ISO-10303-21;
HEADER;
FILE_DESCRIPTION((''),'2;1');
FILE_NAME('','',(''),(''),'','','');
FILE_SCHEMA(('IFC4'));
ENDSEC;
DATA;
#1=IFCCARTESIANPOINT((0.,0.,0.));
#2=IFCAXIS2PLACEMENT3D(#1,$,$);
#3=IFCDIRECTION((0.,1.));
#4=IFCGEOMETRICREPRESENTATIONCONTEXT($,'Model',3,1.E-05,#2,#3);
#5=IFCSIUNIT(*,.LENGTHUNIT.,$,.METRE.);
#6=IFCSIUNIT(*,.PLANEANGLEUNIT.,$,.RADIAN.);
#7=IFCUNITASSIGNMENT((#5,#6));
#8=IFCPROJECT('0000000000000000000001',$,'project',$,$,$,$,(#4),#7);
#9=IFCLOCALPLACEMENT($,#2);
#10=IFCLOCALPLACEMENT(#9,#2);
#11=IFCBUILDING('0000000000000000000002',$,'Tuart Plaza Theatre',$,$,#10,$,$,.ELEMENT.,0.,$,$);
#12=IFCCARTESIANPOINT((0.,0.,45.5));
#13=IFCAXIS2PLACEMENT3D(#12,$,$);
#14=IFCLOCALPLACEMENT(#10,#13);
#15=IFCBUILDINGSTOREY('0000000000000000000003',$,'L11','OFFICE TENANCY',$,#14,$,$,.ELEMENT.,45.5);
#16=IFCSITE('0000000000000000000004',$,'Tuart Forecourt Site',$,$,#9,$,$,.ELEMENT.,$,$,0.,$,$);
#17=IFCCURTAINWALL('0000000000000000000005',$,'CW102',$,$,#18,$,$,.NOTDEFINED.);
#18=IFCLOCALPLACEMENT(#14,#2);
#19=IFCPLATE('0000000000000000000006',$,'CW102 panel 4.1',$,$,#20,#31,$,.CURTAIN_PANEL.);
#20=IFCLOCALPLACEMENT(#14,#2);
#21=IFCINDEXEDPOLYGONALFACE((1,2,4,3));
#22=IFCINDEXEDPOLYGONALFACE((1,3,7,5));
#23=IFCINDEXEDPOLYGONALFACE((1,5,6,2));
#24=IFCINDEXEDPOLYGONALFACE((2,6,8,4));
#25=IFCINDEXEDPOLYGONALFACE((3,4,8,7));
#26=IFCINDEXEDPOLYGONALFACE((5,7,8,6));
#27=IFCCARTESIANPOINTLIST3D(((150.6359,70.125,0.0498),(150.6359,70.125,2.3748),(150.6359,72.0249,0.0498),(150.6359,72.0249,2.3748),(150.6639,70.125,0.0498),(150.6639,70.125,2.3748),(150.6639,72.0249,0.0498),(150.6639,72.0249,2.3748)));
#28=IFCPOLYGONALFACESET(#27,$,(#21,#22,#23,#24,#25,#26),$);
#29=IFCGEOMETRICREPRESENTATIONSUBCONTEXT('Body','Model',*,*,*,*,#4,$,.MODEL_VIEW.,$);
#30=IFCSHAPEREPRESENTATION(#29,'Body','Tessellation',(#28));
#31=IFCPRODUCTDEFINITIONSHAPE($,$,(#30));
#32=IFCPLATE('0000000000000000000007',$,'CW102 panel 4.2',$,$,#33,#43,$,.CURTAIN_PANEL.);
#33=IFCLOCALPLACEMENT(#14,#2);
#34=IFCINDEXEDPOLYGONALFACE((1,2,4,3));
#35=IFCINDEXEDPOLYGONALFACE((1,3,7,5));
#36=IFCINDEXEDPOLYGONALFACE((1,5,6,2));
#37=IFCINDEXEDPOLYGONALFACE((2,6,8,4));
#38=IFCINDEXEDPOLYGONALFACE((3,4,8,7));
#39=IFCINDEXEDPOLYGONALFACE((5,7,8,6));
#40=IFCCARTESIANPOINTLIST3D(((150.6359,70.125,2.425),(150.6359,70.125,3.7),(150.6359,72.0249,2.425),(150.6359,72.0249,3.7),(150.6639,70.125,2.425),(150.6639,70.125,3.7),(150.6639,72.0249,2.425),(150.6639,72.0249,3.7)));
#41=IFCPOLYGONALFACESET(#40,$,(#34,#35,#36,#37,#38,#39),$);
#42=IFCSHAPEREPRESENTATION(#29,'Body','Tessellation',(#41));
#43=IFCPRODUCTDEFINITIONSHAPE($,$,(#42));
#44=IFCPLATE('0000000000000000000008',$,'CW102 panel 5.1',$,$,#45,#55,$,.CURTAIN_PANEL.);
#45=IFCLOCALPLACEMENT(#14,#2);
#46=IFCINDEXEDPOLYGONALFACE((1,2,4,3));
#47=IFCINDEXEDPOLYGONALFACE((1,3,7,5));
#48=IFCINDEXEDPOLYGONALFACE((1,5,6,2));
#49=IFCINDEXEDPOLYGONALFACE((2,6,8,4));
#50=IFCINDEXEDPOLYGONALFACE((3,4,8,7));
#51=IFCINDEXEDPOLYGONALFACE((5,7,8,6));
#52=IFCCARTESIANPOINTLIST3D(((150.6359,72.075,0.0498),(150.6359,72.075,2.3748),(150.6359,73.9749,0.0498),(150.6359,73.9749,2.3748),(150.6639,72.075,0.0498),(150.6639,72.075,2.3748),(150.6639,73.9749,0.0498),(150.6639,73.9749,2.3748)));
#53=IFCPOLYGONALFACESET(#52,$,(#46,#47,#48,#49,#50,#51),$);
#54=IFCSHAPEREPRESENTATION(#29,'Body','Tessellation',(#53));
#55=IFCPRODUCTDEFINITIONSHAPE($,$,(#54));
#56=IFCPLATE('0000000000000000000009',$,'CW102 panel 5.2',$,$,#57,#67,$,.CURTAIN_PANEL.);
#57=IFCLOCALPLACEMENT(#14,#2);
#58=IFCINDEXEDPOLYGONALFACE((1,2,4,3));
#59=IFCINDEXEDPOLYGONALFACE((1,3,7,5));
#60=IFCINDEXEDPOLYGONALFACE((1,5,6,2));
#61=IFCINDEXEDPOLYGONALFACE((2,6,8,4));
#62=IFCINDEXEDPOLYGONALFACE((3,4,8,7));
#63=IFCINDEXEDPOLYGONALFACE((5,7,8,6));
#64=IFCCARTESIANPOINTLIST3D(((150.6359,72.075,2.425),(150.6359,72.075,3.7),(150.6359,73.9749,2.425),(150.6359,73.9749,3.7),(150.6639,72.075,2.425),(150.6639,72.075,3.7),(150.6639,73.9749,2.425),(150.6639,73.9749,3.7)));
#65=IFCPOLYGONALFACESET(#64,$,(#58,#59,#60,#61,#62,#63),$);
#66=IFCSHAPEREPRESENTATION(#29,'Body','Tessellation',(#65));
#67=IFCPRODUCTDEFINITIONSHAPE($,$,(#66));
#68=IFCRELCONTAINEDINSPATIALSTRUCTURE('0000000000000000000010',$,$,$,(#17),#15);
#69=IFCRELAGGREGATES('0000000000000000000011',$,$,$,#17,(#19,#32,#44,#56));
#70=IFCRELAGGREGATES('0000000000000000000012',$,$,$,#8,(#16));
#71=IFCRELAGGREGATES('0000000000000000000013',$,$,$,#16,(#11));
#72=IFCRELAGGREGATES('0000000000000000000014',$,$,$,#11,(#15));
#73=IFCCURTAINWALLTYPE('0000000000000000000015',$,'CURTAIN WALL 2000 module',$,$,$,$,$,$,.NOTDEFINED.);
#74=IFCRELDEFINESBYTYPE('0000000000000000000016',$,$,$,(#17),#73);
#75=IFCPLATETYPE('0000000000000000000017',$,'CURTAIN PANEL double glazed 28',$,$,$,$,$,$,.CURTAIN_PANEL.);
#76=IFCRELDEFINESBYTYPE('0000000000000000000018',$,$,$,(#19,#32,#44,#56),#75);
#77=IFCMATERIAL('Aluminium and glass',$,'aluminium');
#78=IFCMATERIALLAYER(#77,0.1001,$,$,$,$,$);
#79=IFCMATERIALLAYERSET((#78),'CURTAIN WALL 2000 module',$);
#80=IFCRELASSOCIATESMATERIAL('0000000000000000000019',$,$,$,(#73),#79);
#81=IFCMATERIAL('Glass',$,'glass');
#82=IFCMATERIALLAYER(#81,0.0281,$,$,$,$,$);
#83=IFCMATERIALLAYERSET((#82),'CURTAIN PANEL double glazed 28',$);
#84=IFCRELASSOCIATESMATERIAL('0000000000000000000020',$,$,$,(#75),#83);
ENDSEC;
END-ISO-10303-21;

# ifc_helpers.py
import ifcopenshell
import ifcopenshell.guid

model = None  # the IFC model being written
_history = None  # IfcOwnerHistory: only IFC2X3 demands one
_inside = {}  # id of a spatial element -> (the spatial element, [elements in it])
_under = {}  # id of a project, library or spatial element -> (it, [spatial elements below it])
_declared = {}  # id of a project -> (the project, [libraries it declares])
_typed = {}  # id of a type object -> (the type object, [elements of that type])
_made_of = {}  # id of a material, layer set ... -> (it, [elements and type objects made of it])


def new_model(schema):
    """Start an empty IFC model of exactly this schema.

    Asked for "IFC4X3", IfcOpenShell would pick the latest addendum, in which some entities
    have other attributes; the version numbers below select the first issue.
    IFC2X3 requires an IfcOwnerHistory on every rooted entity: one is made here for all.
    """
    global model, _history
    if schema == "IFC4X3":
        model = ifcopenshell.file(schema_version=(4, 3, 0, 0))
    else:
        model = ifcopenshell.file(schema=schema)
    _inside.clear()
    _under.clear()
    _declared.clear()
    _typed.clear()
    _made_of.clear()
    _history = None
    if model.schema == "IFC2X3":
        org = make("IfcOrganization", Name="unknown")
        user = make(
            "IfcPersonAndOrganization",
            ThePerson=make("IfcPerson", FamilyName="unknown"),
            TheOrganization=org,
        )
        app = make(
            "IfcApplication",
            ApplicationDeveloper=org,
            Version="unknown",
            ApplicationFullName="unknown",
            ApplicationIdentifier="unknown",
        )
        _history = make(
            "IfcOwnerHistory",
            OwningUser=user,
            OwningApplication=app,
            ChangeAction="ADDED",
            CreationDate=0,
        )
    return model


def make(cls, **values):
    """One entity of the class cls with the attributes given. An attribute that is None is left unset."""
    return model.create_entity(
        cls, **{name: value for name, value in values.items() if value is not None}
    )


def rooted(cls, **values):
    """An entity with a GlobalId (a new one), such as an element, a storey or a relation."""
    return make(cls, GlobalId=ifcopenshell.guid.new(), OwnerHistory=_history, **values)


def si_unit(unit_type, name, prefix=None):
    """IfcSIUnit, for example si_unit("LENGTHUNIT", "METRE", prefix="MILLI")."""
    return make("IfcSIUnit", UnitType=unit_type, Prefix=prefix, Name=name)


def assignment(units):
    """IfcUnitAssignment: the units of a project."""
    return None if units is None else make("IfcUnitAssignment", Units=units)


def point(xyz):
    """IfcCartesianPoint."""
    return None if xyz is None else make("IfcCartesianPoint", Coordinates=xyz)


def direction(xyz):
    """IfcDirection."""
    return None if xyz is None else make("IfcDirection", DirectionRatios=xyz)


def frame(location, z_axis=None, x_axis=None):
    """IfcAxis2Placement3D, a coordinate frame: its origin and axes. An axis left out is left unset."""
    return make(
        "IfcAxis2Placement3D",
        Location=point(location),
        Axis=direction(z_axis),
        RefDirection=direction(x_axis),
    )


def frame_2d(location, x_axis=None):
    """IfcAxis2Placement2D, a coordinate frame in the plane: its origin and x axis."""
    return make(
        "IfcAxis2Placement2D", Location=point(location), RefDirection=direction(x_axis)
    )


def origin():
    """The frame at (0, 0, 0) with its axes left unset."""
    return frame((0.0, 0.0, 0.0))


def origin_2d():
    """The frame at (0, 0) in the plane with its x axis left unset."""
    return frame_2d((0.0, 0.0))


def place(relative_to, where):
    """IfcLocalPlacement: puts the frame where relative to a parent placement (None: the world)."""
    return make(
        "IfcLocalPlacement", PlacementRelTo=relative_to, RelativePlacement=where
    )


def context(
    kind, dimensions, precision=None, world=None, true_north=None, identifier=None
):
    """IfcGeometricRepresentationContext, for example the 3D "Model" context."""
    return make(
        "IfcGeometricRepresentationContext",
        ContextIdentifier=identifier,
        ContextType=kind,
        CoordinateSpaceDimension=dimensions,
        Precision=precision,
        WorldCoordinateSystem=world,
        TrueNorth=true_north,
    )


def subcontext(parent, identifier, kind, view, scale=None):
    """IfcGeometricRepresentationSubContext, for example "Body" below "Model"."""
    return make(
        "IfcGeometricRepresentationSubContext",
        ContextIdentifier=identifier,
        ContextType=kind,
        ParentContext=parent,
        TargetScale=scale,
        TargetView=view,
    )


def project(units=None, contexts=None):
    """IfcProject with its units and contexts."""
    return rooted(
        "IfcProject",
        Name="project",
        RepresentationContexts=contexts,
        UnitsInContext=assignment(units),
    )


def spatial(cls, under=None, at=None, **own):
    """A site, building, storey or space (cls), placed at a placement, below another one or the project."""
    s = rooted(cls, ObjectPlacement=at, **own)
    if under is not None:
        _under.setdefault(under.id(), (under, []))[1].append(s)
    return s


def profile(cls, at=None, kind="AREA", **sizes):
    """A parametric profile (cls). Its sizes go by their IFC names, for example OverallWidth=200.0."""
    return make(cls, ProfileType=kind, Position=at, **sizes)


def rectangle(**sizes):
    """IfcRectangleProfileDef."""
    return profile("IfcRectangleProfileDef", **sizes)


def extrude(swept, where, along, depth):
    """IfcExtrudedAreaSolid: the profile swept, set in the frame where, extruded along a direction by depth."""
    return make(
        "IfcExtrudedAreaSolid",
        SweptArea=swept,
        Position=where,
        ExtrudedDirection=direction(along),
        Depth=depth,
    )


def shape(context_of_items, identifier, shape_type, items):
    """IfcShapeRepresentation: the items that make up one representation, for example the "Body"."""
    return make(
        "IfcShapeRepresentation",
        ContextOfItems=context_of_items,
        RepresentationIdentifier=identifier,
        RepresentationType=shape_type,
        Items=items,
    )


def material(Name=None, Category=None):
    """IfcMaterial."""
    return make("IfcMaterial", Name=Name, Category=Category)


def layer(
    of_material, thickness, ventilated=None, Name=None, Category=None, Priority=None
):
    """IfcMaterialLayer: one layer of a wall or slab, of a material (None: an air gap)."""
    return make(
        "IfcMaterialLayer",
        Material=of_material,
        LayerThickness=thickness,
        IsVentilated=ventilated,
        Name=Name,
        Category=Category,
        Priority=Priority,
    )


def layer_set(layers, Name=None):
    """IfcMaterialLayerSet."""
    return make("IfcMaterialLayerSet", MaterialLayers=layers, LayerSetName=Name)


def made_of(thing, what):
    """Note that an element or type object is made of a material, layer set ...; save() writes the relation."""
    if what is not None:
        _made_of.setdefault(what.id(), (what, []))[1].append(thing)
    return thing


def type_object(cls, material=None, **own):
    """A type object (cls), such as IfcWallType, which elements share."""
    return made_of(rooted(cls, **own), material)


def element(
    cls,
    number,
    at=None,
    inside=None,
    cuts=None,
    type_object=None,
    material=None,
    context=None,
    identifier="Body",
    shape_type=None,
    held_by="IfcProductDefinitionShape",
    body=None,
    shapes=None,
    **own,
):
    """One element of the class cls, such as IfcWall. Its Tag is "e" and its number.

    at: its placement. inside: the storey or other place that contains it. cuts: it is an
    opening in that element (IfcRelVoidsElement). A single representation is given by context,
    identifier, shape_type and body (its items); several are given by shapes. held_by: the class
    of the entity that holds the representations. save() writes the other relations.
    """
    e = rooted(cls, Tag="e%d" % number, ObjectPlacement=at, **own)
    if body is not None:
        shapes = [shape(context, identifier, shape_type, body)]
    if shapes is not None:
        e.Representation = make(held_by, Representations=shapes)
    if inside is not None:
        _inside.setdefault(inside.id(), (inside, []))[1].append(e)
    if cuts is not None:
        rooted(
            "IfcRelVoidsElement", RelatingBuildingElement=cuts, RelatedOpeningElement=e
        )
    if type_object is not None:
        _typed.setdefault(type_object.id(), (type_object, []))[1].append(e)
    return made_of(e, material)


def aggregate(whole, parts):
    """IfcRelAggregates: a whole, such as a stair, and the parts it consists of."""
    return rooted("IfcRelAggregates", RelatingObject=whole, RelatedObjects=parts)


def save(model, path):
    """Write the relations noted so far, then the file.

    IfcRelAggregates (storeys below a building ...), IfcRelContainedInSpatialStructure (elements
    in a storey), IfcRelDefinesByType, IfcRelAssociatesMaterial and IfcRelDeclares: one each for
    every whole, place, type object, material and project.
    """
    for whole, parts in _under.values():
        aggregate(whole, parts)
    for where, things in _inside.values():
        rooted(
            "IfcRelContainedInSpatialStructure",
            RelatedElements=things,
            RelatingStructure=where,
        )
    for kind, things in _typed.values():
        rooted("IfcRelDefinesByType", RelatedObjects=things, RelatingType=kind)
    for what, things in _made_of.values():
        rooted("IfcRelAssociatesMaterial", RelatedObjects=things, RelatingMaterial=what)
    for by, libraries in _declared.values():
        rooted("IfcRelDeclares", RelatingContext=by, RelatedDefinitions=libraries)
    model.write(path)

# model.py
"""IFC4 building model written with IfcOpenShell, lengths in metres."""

from ifc_helpers import new_model, si_unit, direction, frame, origin, origin_2d, place, context, subcontext, project, spatial, rectangle, extrude, material, layer, layer_set, type_object, element, aggregate, save


model = new_model("IFC4")

# Units and contexts
model_context = context("Model", 3, precision=1e-05, world=origin(), true_north=direction((0.0, 1.0)))
body_context = subcontext(model_context, "Body", "Model", "MODEL_VIEW")
ifc_project = project(units=[si_unit("LENGTHUNIT", "METRE"), si_unit("PLANEANGLEUNIT", "RADIAN")], contexts=[model_context])

# Site, building, storey
site_placement = place(None, origin())
site = spatial("IfcSite", under=ifc_project, at=site_placement, Name="Tuart Forecourt Site", CompositionType="ELEMENT", RefElevation=0.0)
building_placement = place(site_placement, origin())
building = spatial("IfcBuilding", under=site, at=building_placement, Name="Tuart Plaza Theatre", CompositionType="ELEMENT", ElevationOfRefHeight=0.0)
storey_placement = place(building_placement, frame((0.0, 0.0, 45.5)))
storey = spatial("IfcBuildingStorey", under=building, at=storey_placement, Name="L11", Description="OFFICE TENANCY", CompositionType="ELEMENT", Elevation=45.5)

# Shared definitions
ifc_material_1 = material(Name="Aluminium and glass", Category="aluminium")
ifc_layer_1 = layer(ifc_material_1, 0.1001)
ifc_layer_set_1 = layer_set([ifc_layer_1], Name="CURTAIN WALL 2000 module")
curtain_wall_type = type_object("IfcCurtainWallType", Name="CURTAIN WALL 2000 module", PredefinedType="NOTDEFINED", material=ifc_layer_set_1)

# Curtain wall
curtain_wall_1_placement = place(storey_placement, origin())
curtain_wall_1 = element("IfcCurtainWall", 1, at=curtain_wall_1_placement, inside=storey, type_object=curtain_wall_type, Name="CW102", PredefinedType="NOTDEFINED")

# Plates
ifc_material_2 = material(Name="Glass", Category="glass")
ifc_layer_2 = layer(ifc_material_2, 0.0281)
ifc_layer_set_2 = layer_set([ifc_layer_2], Name="CURTAIN PANEL double glazed 28")
plate_type = type_object("IfcPlateType", Name="CURTAIN PANEL double glazed 28", PredefinedType="CURTAIN_PANEL", material=ifc_layer_set_2)
plate_1_placement = place(storey_placement, frame((150.6499, 71.075, 0.0498), z_axis=(0.0, 0.0, 1.0), x_axis=(0.0, 1.0, 0.0)))
plate_1 = element("IfcPlate", 2, at=plate_1_placement, type_object=plate_type, Name="CW102 panel 4.1", PredefinedType="CURTAIN_PANEL", context=body_context, shape_type="SweptSolid", body=[
    extrude(rectangle(XDim=1.8999, YDim=0.0281, at=origin_2d()), origin(), (0.0, 0.0, 1.0), 2.325),
])
plate_2_placement = place(storey_placement, frame((150.6499, 71.075, 2.425), z_axis=(0.0, 0.0, 1.0), x_axis=(0.0, 1.0, 0.0)))
plate_2 = element("IfcPlate", 3, at=plate_2_placement, type_object=plate_type, Name="CW102 panel 4.2", PredefinedType="CURTAIN_PANEL", context=body_context, shape_type="SweptSolid", body=[
    extrude(rectangle(XDim=1.8999, YDim=0.0281, at=origin_2d()), origin(), (0.0, 0.0, 1.0), 1.2749),
])
plate_3_placement = place(storey_placement, frame((150.6499, 73.0249, 0.0498), z_axis=(0.0, 0.0, 1.0), x_axis=(0.0, 1.0, 0.0)))
plate_3 = element("IfcPlate", 4, at=plate_3_placement, type_object=plate_type, Name="CW102 panel 5.1", PredefinedType="CURTAIN_PANEL", context=body_context, shape_type="SweptSolid", body=[
    extrude(rectangle(XDim=1.8999, YDim=0.0281, at=origin_2d()), origin(), (0.0, 0.0, 1.0), 2.325),
])
plate_4_placement = place(storey_placement, frame((150.6499, 73.0249, 2.425), z_axis=(0.0, 0.0, 1.0), x_axis=(0.0, 1.0, 0.0)))
plate_4 = element("IfcPlate", 5, at=plate_4_placement, type_object=plate_type, Name="CW102 panel 5.2", PredefinedType="CURTAIN_PANEL", context=body_context, shape_type="SweptSolid", body=[
    extrude(rectangle(XDim=1.8999, YDim=0.0281, at=origin_2d()), origin(), (0.0, 0.0, 1.0), 1.2749),
])
aggregate(curtain_wall_1, [plate_1, plate_2, plate_3, plate_4])

save(model, "model.ifc")
